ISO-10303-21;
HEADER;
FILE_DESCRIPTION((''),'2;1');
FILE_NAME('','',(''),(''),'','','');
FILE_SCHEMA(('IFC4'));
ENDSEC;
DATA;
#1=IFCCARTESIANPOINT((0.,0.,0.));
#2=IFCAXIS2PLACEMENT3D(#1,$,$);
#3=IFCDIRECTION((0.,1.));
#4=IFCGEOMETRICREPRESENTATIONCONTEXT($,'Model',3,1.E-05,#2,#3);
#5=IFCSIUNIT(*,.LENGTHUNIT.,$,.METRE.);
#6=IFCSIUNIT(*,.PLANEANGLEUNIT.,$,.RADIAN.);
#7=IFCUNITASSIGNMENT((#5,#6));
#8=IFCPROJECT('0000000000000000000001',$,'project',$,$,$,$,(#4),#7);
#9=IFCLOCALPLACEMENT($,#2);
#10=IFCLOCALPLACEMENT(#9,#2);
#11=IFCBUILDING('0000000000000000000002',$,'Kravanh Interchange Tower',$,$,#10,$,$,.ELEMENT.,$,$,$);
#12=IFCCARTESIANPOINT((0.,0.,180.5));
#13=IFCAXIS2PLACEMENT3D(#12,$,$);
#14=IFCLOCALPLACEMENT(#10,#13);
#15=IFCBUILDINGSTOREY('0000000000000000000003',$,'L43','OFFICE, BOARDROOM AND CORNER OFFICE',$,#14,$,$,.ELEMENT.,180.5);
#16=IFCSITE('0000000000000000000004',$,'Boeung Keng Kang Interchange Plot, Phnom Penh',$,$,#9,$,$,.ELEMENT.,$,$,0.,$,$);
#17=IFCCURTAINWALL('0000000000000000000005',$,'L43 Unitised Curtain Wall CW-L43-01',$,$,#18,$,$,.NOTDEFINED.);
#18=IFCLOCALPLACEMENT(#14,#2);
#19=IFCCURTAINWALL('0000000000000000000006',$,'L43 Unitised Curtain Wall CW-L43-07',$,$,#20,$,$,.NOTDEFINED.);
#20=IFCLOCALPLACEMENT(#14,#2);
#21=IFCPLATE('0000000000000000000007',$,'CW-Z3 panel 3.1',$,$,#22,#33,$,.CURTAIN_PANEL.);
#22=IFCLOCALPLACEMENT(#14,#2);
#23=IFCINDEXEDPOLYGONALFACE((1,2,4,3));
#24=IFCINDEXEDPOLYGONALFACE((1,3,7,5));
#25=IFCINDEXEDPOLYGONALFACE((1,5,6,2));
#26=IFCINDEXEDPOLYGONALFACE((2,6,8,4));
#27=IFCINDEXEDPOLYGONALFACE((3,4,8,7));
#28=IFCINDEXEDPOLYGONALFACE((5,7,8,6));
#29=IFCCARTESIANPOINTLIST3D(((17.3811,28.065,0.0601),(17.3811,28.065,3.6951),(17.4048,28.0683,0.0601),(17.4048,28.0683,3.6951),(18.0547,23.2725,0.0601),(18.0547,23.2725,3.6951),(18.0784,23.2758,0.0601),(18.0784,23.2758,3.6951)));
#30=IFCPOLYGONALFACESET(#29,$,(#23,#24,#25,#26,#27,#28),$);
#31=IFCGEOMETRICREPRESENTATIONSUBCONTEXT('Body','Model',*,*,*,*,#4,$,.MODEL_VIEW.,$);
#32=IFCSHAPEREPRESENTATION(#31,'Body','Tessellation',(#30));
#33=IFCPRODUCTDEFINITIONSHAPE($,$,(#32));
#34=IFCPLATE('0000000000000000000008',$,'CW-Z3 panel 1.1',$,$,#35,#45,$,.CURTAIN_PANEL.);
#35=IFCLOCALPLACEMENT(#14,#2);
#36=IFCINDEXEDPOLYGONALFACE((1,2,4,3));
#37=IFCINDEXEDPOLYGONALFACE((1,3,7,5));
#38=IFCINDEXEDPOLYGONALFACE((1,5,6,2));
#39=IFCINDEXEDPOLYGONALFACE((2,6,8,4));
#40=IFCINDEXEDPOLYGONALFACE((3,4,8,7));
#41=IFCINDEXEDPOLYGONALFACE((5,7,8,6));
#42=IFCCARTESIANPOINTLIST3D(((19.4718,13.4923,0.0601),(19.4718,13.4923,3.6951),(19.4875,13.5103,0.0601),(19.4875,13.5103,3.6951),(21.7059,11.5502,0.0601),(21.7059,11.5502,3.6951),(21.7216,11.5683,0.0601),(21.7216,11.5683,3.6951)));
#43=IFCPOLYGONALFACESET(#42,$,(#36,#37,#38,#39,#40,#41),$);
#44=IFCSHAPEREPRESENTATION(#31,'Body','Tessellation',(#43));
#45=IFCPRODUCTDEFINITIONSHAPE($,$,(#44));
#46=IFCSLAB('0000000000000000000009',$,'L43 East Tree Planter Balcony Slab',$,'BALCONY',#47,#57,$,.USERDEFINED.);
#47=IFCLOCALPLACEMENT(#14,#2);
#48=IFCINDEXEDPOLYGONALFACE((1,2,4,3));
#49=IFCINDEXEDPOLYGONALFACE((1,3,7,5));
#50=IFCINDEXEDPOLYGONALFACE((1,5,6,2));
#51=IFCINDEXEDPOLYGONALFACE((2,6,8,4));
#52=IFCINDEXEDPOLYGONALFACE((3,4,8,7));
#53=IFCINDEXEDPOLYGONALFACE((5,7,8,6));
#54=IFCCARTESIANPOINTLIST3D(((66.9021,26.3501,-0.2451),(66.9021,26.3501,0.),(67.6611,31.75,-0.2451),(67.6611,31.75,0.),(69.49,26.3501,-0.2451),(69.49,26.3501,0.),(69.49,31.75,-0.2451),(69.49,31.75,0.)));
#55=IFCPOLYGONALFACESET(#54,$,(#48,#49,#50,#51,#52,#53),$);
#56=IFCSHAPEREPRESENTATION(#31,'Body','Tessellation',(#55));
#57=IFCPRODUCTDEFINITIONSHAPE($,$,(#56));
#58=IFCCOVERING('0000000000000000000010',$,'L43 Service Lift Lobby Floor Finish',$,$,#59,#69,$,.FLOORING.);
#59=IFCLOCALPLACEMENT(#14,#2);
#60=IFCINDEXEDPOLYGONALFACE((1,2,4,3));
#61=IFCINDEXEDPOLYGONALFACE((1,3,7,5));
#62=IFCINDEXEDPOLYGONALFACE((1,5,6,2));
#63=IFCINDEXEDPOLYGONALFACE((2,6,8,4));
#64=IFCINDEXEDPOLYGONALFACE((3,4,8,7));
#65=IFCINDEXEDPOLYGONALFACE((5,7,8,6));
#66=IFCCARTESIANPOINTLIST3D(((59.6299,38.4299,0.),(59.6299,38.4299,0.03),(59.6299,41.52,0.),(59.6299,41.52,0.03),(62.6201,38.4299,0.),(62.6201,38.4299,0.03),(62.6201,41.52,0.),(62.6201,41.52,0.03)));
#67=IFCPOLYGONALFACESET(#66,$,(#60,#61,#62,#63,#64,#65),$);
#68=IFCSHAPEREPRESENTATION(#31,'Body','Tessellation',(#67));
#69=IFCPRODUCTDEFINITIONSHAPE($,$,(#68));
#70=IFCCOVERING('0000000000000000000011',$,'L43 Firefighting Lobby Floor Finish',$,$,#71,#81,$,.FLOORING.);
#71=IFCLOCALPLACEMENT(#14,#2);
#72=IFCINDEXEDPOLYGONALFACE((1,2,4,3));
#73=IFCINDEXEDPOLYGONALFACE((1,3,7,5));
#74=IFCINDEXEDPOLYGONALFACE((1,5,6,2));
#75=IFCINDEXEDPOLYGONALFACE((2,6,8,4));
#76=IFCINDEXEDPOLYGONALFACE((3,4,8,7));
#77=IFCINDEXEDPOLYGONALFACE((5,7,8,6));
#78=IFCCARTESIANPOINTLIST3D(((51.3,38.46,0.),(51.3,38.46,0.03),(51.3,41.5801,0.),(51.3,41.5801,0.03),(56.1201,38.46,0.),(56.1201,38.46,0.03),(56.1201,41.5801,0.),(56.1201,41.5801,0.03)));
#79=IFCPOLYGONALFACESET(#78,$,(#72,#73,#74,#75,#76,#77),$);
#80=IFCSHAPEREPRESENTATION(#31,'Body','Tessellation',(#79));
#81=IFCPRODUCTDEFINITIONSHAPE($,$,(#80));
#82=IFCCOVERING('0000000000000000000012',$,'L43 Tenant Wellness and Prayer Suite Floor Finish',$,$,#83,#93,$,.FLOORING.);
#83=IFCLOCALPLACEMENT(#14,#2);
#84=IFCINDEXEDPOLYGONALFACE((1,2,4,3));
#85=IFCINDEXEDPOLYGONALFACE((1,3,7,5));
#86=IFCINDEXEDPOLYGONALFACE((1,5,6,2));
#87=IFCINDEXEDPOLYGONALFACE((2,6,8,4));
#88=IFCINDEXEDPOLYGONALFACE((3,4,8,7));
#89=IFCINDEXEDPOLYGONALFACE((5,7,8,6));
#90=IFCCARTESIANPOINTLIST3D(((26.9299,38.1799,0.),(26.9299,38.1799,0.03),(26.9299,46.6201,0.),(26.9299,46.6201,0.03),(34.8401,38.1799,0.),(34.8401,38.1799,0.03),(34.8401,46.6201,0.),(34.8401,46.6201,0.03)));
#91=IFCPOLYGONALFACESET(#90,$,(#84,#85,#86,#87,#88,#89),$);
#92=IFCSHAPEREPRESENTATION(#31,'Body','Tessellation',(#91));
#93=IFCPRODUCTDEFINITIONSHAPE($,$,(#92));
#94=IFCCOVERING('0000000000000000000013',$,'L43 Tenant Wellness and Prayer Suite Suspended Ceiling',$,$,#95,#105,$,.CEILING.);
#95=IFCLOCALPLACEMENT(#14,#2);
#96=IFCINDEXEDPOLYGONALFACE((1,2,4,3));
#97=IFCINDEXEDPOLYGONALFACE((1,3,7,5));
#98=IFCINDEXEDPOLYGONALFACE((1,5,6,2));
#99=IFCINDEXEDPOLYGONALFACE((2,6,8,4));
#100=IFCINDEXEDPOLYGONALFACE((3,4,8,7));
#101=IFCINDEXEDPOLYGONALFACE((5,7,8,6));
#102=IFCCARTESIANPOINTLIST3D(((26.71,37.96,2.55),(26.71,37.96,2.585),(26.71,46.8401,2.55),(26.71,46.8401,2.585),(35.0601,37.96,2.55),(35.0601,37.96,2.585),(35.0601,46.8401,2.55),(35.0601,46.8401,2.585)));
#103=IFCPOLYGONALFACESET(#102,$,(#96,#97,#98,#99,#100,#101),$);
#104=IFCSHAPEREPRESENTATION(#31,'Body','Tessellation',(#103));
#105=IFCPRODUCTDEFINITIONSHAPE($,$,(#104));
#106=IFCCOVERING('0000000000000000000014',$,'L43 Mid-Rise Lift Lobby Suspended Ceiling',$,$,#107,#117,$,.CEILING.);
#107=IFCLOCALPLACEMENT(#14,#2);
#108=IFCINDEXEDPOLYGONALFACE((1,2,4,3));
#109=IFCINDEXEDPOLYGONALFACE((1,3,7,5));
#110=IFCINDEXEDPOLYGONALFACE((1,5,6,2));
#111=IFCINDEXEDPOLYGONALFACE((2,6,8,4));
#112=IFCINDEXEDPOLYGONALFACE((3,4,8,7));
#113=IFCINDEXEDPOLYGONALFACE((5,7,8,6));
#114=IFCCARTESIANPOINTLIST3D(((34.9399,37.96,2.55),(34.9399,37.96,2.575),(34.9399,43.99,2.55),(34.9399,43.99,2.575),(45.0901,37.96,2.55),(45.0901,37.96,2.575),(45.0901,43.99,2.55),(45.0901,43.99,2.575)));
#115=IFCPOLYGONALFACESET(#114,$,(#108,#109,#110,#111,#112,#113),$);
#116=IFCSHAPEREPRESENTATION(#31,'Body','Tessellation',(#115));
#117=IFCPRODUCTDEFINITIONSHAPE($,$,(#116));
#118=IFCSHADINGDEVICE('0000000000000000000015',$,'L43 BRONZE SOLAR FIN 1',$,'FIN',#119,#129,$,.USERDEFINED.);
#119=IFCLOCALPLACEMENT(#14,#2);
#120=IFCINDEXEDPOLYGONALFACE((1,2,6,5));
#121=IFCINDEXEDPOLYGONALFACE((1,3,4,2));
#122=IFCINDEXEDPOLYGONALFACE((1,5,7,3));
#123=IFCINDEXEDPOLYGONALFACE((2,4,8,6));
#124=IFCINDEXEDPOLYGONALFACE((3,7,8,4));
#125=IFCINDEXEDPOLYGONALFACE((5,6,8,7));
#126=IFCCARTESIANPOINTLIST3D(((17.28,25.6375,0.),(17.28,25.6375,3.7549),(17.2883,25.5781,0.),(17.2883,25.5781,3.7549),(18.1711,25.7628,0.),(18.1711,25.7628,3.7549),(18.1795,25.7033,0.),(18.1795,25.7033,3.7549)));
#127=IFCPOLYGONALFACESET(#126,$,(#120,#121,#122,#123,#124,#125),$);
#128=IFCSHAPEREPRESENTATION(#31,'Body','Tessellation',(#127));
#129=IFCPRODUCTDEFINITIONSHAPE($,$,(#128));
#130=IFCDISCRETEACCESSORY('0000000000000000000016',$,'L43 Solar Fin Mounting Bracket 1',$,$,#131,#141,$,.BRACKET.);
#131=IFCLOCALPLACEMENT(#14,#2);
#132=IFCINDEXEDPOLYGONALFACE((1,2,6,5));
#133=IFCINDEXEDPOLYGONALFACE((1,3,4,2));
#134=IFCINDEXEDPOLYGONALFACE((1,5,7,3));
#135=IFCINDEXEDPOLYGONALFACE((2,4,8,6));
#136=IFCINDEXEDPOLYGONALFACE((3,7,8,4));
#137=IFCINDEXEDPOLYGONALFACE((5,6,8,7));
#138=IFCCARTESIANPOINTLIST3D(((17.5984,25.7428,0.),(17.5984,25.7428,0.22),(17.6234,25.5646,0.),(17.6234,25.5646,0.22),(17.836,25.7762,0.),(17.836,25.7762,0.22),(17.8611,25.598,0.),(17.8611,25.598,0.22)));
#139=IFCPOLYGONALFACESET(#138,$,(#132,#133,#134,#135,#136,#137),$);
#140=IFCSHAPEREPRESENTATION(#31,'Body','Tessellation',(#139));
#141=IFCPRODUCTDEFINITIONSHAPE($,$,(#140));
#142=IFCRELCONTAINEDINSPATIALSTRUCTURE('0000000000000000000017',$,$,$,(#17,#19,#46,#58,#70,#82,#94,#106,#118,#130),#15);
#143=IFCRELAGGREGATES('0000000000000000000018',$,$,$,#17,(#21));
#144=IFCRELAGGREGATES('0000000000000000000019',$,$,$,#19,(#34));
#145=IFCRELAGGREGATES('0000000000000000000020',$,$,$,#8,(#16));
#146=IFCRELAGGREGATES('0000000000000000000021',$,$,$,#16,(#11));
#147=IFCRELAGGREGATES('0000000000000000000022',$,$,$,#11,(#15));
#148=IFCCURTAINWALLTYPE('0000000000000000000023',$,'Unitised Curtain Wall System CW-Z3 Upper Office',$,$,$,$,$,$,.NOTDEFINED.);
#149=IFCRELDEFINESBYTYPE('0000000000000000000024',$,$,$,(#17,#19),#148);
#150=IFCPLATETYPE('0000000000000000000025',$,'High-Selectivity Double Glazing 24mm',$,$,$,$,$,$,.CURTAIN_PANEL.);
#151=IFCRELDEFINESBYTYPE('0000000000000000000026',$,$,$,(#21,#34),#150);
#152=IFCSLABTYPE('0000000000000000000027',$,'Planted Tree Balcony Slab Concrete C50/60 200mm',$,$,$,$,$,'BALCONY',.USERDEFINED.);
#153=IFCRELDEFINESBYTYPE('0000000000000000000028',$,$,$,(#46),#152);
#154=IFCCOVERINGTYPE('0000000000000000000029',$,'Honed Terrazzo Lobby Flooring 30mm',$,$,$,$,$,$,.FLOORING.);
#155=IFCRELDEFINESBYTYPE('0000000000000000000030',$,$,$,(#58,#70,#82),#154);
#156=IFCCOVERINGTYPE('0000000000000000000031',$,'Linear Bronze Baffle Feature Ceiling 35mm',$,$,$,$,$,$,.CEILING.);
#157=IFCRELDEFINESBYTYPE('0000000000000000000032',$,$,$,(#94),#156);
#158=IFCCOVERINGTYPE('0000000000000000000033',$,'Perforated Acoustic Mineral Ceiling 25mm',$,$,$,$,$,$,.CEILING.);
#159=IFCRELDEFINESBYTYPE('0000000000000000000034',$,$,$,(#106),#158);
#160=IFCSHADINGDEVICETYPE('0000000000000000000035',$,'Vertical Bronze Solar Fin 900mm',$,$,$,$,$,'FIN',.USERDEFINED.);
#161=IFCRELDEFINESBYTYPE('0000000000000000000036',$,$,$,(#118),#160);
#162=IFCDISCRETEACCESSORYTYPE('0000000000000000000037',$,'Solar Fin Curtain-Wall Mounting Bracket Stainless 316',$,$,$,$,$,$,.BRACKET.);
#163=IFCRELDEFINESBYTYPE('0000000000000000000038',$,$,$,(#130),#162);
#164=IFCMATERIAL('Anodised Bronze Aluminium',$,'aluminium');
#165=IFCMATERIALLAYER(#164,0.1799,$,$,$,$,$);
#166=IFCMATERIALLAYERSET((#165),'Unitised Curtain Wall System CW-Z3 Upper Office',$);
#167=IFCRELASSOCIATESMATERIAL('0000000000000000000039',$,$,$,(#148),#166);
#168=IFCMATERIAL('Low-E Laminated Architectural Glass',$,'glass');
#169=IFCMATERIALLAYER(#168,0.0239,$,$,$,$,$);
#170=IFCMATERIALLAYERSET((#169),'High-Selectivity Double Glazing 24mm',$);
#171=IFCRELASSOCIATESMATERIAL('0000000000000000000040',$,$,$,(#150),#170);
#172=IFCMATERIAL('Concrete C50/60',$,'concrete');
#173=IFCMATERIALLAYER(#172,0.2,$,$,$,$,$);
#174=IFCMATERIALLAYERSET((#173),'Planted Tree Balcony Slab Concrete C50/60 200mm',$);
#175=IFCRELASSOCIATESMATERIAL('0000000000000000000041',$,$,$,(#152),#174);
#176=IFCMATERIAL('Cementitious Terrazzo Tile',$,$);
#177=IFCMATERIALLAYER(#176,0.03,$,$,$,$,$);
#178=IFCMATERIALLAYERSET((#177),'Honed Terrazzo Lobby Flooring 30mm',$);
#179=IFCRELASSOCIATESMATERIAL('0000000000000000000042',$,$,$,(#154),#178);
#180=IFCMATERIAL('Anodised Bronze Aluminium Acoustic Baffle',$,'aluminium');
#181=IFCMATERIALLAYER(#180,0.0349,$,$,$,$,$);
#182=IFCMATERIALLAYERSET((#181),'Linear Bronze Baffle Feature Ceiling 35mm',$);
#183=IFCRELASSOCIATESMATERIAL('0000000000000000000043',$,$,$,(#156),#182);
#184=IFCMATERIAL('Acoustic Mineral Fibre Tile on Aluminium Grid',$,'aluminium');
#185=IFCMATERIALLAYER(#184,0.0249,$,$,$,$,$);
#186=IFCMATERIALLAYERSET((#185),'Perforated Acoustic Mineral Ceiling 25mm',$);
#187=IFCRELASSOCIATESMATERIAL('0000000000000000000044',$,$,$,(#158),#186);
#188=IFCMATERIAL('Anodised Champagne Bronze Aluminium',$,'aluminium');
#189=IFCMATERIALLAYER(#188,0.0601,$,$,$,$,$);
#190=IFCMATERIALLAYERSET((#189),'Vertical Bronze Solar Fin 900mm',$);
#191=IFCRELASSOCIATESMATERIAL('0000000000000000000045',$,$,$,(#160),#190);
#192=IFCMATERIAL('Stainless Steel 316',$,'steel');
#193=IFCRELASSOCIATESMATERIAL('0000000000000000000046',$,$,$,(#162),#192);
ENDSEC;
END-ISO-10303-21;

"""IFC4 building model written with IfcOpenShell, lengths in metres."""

from ifc_helpers import new_model, si_unit, direction, frame, origin, origin_2d, place, context, subcontext, project, spatial, polyline, rectangle, outline, extrude, material, layer, layer_set, type_object, element, aggregate, save


model = new_model("IFC4")

# Units and contexts
model_context = context("Model", 3, precision=1e-05, world=origin(), true_north=direction((0.0, 1.0)))
body_context = subcontext(model_context, "Body", "Model", "MODEL_VIEW")
ifc_project = project(units=[si_unit("LENGTHUNIT", "METRE"), si_unit("PLANEANGLEUNIT", "RADIAN")], contexts=[model_context])

# Site, building, storey
site_placement = place(None, origin())
site = spatial("IfcSite", under=ifc_project, at=site_placement, Name="Boeung Keng Kang Interchange Plot, Phnom Penh", CompositionType="ELEMENT", RefElevation=0.0)
building_placement = place(site_placement, origin())
building = spatial("IfcBuilding", under=site, at=building_placement, Name="Kravanh Interchange Tower", CompositionType="ELEMENT")
storey_placement = place(building_placement, frame((0.0, 0.0, 180.5)))
storey = spatial("IfcBuildingStorey", under=building, at=storey_placement, Name="L43", Description="OFFICE, BOARDROOM AND CORNER OFFICE", CompositionType="ELEMENT", Elevation=180.5)

# Curtain wall
ifc_material_1 = material(Name="Anodised Bronze Aluminium", Category="aluminium")
ifc_layer_1 = layer(ifc_material_1, 0.1799)
ifc_layer_set_1 = layer_set([ifc_layer_1], Name="Unitised Curtain Wall System CW-Z3 Upper Office")
curtain_wall_type = type_object("IfcCurtainWallType", Name="Unitised Curtain Wall System CW-Z3 Upper Office", PredefinedType="NOTDEFINED", material=ifc_layer_set_1)
curtain_wall_1_placement = place(storey_placement, origin())
curtain_wall_1 = element("IfcCurtainWall", 1, at=curtain_wall_1_placement, inside=storey, type_object=curtain_wall_type, Name="L43 Unitised Curtain Wall CW-L43-01", PredefinedType="NOTDEFINED")

# Curtain wall
curtain_wall_2_placement = place(storey_placement, origin())
curtain_wall_2 = element("IfcCurtainWall", 2, at=curtain_wall_2_placement, inside=storey, type_object=curtain_wall_type, Name="L43 Unitised Curtain Wall CW-L43-07", PredefinedType="NOTDEFINED")

# Plates
ifc_material_2 = material(Name="Low-E Laminated Architectural Glass", Category="glass")
ifc_layer_2 = layer(ifc_material_2, 0.0239)
ifc_layer_set_2 = layer_set([ifc_layer_2], Name="High-Selectivity Double Glazing 24mm")
plate_type = type_object("IfcPlateType", Name="High-Selectivity Double Glazing 24mm", PredefinedType="CURTAIN_PANEL", material=ifc_layer_set_2)
plate_1_placement = place(storey_placement, frame((17.7297, 25.6704, 0.0601), z_axis=(0.0, 0.0, 1.0), x_axis=(-0.139172, 0.990268, 0.0)))
plate_1 = element("IfcPlate", 3, at=plate_1_placement, type_object=plate_type, Name="CW-Z3 panel 3.1", PredefinedType="CURTAIN_PANEL", context=body_context, shape_type="SweptSolid", body=[
    extrude(rectangle(XDim=4.8396, YDim=0.0239, at=origin_2d()), origin(), (0.0, 0.0, 1.0), 3.635),
])
aggregate(curtain_wall_1, [plate_1])
plate_2_placement = place(storey_placement, frame((20.5967, 12.5303, 0.0601), z_axis=(0.0, 0.0, 1.0), x_axis=(-0.754717, 0.656051, 0.0)))
plate_2 = element("IfcPlate", 4, at=plate_2_placement, type_object=plate_type, Name="CW-Z3 panel 1.1", PredefinedType="CURTAIN_PANEL", context=body_context, shape_type="SweptSolid", body=[
    extrude(rectangle(XDim=2.9602, YDim=0.0239, at=origin_2d()), origin(), (0.0, 0.0, 1.0), 3.635),
])
aggregate(curtain_wall_2, [plate_2])

# Slab
ifc_material_3 = material(Name="Concrete C50/60", Category="concrete")
ifc_layer_3 = layer(ifc_material_3, 0.2)
ifc_layer_set_3 = layer_set([ifc_layer_3], Name="Planted Tree Balcony Slab Concrete C50/60 200mm")
slab_type_1 = type_object("IfcSlabType", Name="Planted Tree Balcony Slab Concrete C50/60 200mm", ElementType="BALCONY", PredefinedType="USERDEFINED", material=ifc_layer_set_3)
slab_1_placement = place(storey_placement, frame((0.0, 0.0, -0.2451)))
element("IfcSlab", 5, at=slab_1_placement, inside=storey, type_object=slab_type_1, Name="L43 East Tree Planter Balcony Slab", ObjectType="BALCONY", PredefinedType="USERDEFINED", context=body_context, shape_type="SweptSolid", body=[
    extrude(outline(polyline([(69.49, 31.75), (69.49, 26.3501), (66.9021, 26.3501), (67.6611, 31.75), (69.49, 31.75)])), origin(), (0.0, 0.0, 1.0), 0.2451),
])

# Coverings
ifc_material_4 = material(Name="Cementitious Terrazzo Tile")
ifc_layer_4 = layer(ifc_material_4, 0.03)
ifc_layer_set_4 = layer_set([ifc_layer_4], Name="Honed Terrazzo Lobby Flooring 30mm")
covering_type_1 = type_object("IfcCoveringType", Name="Honed Terrazzo Lobby Flooring 30mm", PredefinedType="FLOORING", material=ifc_layer_set_4)
covering_1_placement = place(storey_placement, origin())
element("IfcCovering", 6, at=covering_1_placement, inside=storey, type_object=covering_type_1, Name="L43 Service Lift Lobby Floor Finish", PredefinedType="FLOORING", context=body_context, shape_type="SweptSolid", body=[
    extrude(outline(polyline([(59.6299, 41.52), (62.6201, 41.52), (62.6201, 38.4299), (59.6299, 38.4299), (59.6299, 41.52)])), origin(), (0.0, 0.0, 1.0), 0.03),
])
covering_2_placement = place(storey_placement, origin())
element("IfcCovering", 7, at=covering_2_placement, inside=storey, type_object=covering_type_1, Name="L43 Firefighting Lobby Floor Finish", PredefinedType="FLOORING", context=body_context, shape_type="SweptSolid", body=[
    extrude(outline(polyline([(56.1201, 38.46), (51.3, 38.46), (51.3, 41.5801), (56.1201, 41.5801), (56.1201, 38.46)])), origin(), (0.0, 0.0, 1.0), 0.03),
])
covering_3_placement = place(storey_placement, origin())
element("IfcCovering", 8, at=covering_3_placement, inside=storey, type_object=covering_type_1, Name="L43 Tenant Wellness and Prayer Suite Floor Finish", PredefinedType="FLOORING", context=body_context, shape_type="SweptSolid", body=[
    extrude(outline(polyline([(26.9299, 46.6201), (34.8401, 46.6201), (34.8401, 38.1799), (26.9299, 38.1799), (26.9299, 46.6201)])), origin(), (0.0, 0.0, 1.0), 0.03),
])
ifc_material_5 = material(Name="Anodised Bronze Aluminium Acoustic Baffle", Category="aluminium")
ifc_layer_5 = layer(ifc_material_5, 0.0349)
ifc_layer_set_5 = layer_set([ifc_layer_5], Name="Linear Bronze Baffle Feature Ceiling 35mm")
covering_type_2 = type_object("IfcCoveringType", Name="Linear Bronze Baffle Feature Ceiling 35mm", PredefinedType="CEILING", material=ifc_layer_set_5)
covering_4_placement = place(storey_placement, frame((0.0, 0.0, 2.55)))
element("IfcCovering", 9, at=covering_4_placement, inside=storey, type_object=covering_type_2, Name="L43 Tenant Wellness and Prayer Suite Suspended Ceiling", PredefinedType="CEILING", context=body_context, shape_type="SweptSolid", body=[
    extrude(outline(polyline([(35.0601, 37.96), (26.71, 37.96), (26.71, 46.8401), (35.0601, 46.8401), (35.0601, 37.96)])), origin(), (0.0, 0.0, 1.0), 0.0349),
])
ifc_material_6 = material(Name="Acoustic Mineral Fibre Tile on Aluminium Grid", Category="aluminium")
ifc_layer_6 = layer(ifc_material_6, 0.0249)
ifc_layer_set_6 = layer_set([ifc_layer_6], Name="Perforated Acoustic Mineral Ceiling 25mm")
covering_type_3 = type_object("IfcCoveringType", Name="Perforated Acoustic Mineral Ceiling 25mm", PredefinedType="CEILING", material=ifc_layer_set_6)
covering_5_placement = place(storey_placement, frame((0.0, 0.0, 2.55)))
element("IfcCovering", 10, at=covering_5_placement, inside=storey, type_object=covering_type_3, Name="L43 Mid-Rise Lift Lobby Suspended Ceiling", PredefinedType="CEILING", context=body_context, shape_type="SweptSolid", body=[
    extrude(outline(polyline([(45.0901, 37.96), (34.9399, 37.96), (34.9399, 43.99), (45.0901, 43.99), (45.0901, 37.96)])), origin(), (0.0, 0.0, 1.0), 0.0249),
])

# Shading device
ifc_material_7 = material(Name="Anodised Champagne Bronze Aluminium", Category="aluminium")
ifc_layer_7 = layer(ifc_material_7, 0.0601)
ifc_layer_set_7 = layer_set([ifc_layer_7], Name="Vertical Bronze Solar Fin 900mm")
shading_device_type = type_object("IfcShadingDeviceType", Name="Vertical Bronze Solar Fin 900mm", ElementType="FIN", PredefinedType="USERDEFINED", material=ifc_layer_set_7)
shading_device_placement = place(storey_placement, frame((17.7297, 25.6704, 0.0), z_axis=(0.0, 0.0, 1.0), x_axis=(-0.990268, -0.139172, 0.0)))
element("IfcShadingDevice", 11, at=shading_device_placement, inside=storey, type_object=shading_device_type, Name="L43 BRONZE SOLAR FIN 1", ObjectType="FIN", PredefinedType="USERDEFINED", context=body_context, shape_type="SweptSolid", body=[
    extrude(rectangle(XDim=0.8999, YDim=0.0601, at=origin_2d()), origin(), (0.0, 0.0, 1.0), 3.7549),
])

# Discrete accessory
ifc_material_8 = material(Name="Stainless Steel 316", Category="steel")
discrete_accessory_type = type_object("IfcDiscreteAccessoryType", Name="Solar Fin Curtain-Wall Mounting Bracket Stainless 316", PredefinedType="BRACKET", material=ifc_material_8)
discrete_accessory_placement = place(storey_placement, frame((17.7297, 25.6704, 0.0), z_axis=(0.0, 0.0, 1.0), x_axis=(-0.990268, -0.139172, 0.0)))
element("IfcDiscreteAccessory", 12, at=discrete_accessory_placement, inside=storey, type_object=discrete_accessory_type, Name="L43 Solar Fin Mounting Bracket 1", PredefinedType="BRACKET", context=body_context, shape_type="SweptSolid", body=[
    extrude(rectangle(XDim=0.24, YDim=0.1799, at=origin_2d()), origin(), (0.0, 0.0, 1.0), 0.22),
])

save(model, "model.ifc")
